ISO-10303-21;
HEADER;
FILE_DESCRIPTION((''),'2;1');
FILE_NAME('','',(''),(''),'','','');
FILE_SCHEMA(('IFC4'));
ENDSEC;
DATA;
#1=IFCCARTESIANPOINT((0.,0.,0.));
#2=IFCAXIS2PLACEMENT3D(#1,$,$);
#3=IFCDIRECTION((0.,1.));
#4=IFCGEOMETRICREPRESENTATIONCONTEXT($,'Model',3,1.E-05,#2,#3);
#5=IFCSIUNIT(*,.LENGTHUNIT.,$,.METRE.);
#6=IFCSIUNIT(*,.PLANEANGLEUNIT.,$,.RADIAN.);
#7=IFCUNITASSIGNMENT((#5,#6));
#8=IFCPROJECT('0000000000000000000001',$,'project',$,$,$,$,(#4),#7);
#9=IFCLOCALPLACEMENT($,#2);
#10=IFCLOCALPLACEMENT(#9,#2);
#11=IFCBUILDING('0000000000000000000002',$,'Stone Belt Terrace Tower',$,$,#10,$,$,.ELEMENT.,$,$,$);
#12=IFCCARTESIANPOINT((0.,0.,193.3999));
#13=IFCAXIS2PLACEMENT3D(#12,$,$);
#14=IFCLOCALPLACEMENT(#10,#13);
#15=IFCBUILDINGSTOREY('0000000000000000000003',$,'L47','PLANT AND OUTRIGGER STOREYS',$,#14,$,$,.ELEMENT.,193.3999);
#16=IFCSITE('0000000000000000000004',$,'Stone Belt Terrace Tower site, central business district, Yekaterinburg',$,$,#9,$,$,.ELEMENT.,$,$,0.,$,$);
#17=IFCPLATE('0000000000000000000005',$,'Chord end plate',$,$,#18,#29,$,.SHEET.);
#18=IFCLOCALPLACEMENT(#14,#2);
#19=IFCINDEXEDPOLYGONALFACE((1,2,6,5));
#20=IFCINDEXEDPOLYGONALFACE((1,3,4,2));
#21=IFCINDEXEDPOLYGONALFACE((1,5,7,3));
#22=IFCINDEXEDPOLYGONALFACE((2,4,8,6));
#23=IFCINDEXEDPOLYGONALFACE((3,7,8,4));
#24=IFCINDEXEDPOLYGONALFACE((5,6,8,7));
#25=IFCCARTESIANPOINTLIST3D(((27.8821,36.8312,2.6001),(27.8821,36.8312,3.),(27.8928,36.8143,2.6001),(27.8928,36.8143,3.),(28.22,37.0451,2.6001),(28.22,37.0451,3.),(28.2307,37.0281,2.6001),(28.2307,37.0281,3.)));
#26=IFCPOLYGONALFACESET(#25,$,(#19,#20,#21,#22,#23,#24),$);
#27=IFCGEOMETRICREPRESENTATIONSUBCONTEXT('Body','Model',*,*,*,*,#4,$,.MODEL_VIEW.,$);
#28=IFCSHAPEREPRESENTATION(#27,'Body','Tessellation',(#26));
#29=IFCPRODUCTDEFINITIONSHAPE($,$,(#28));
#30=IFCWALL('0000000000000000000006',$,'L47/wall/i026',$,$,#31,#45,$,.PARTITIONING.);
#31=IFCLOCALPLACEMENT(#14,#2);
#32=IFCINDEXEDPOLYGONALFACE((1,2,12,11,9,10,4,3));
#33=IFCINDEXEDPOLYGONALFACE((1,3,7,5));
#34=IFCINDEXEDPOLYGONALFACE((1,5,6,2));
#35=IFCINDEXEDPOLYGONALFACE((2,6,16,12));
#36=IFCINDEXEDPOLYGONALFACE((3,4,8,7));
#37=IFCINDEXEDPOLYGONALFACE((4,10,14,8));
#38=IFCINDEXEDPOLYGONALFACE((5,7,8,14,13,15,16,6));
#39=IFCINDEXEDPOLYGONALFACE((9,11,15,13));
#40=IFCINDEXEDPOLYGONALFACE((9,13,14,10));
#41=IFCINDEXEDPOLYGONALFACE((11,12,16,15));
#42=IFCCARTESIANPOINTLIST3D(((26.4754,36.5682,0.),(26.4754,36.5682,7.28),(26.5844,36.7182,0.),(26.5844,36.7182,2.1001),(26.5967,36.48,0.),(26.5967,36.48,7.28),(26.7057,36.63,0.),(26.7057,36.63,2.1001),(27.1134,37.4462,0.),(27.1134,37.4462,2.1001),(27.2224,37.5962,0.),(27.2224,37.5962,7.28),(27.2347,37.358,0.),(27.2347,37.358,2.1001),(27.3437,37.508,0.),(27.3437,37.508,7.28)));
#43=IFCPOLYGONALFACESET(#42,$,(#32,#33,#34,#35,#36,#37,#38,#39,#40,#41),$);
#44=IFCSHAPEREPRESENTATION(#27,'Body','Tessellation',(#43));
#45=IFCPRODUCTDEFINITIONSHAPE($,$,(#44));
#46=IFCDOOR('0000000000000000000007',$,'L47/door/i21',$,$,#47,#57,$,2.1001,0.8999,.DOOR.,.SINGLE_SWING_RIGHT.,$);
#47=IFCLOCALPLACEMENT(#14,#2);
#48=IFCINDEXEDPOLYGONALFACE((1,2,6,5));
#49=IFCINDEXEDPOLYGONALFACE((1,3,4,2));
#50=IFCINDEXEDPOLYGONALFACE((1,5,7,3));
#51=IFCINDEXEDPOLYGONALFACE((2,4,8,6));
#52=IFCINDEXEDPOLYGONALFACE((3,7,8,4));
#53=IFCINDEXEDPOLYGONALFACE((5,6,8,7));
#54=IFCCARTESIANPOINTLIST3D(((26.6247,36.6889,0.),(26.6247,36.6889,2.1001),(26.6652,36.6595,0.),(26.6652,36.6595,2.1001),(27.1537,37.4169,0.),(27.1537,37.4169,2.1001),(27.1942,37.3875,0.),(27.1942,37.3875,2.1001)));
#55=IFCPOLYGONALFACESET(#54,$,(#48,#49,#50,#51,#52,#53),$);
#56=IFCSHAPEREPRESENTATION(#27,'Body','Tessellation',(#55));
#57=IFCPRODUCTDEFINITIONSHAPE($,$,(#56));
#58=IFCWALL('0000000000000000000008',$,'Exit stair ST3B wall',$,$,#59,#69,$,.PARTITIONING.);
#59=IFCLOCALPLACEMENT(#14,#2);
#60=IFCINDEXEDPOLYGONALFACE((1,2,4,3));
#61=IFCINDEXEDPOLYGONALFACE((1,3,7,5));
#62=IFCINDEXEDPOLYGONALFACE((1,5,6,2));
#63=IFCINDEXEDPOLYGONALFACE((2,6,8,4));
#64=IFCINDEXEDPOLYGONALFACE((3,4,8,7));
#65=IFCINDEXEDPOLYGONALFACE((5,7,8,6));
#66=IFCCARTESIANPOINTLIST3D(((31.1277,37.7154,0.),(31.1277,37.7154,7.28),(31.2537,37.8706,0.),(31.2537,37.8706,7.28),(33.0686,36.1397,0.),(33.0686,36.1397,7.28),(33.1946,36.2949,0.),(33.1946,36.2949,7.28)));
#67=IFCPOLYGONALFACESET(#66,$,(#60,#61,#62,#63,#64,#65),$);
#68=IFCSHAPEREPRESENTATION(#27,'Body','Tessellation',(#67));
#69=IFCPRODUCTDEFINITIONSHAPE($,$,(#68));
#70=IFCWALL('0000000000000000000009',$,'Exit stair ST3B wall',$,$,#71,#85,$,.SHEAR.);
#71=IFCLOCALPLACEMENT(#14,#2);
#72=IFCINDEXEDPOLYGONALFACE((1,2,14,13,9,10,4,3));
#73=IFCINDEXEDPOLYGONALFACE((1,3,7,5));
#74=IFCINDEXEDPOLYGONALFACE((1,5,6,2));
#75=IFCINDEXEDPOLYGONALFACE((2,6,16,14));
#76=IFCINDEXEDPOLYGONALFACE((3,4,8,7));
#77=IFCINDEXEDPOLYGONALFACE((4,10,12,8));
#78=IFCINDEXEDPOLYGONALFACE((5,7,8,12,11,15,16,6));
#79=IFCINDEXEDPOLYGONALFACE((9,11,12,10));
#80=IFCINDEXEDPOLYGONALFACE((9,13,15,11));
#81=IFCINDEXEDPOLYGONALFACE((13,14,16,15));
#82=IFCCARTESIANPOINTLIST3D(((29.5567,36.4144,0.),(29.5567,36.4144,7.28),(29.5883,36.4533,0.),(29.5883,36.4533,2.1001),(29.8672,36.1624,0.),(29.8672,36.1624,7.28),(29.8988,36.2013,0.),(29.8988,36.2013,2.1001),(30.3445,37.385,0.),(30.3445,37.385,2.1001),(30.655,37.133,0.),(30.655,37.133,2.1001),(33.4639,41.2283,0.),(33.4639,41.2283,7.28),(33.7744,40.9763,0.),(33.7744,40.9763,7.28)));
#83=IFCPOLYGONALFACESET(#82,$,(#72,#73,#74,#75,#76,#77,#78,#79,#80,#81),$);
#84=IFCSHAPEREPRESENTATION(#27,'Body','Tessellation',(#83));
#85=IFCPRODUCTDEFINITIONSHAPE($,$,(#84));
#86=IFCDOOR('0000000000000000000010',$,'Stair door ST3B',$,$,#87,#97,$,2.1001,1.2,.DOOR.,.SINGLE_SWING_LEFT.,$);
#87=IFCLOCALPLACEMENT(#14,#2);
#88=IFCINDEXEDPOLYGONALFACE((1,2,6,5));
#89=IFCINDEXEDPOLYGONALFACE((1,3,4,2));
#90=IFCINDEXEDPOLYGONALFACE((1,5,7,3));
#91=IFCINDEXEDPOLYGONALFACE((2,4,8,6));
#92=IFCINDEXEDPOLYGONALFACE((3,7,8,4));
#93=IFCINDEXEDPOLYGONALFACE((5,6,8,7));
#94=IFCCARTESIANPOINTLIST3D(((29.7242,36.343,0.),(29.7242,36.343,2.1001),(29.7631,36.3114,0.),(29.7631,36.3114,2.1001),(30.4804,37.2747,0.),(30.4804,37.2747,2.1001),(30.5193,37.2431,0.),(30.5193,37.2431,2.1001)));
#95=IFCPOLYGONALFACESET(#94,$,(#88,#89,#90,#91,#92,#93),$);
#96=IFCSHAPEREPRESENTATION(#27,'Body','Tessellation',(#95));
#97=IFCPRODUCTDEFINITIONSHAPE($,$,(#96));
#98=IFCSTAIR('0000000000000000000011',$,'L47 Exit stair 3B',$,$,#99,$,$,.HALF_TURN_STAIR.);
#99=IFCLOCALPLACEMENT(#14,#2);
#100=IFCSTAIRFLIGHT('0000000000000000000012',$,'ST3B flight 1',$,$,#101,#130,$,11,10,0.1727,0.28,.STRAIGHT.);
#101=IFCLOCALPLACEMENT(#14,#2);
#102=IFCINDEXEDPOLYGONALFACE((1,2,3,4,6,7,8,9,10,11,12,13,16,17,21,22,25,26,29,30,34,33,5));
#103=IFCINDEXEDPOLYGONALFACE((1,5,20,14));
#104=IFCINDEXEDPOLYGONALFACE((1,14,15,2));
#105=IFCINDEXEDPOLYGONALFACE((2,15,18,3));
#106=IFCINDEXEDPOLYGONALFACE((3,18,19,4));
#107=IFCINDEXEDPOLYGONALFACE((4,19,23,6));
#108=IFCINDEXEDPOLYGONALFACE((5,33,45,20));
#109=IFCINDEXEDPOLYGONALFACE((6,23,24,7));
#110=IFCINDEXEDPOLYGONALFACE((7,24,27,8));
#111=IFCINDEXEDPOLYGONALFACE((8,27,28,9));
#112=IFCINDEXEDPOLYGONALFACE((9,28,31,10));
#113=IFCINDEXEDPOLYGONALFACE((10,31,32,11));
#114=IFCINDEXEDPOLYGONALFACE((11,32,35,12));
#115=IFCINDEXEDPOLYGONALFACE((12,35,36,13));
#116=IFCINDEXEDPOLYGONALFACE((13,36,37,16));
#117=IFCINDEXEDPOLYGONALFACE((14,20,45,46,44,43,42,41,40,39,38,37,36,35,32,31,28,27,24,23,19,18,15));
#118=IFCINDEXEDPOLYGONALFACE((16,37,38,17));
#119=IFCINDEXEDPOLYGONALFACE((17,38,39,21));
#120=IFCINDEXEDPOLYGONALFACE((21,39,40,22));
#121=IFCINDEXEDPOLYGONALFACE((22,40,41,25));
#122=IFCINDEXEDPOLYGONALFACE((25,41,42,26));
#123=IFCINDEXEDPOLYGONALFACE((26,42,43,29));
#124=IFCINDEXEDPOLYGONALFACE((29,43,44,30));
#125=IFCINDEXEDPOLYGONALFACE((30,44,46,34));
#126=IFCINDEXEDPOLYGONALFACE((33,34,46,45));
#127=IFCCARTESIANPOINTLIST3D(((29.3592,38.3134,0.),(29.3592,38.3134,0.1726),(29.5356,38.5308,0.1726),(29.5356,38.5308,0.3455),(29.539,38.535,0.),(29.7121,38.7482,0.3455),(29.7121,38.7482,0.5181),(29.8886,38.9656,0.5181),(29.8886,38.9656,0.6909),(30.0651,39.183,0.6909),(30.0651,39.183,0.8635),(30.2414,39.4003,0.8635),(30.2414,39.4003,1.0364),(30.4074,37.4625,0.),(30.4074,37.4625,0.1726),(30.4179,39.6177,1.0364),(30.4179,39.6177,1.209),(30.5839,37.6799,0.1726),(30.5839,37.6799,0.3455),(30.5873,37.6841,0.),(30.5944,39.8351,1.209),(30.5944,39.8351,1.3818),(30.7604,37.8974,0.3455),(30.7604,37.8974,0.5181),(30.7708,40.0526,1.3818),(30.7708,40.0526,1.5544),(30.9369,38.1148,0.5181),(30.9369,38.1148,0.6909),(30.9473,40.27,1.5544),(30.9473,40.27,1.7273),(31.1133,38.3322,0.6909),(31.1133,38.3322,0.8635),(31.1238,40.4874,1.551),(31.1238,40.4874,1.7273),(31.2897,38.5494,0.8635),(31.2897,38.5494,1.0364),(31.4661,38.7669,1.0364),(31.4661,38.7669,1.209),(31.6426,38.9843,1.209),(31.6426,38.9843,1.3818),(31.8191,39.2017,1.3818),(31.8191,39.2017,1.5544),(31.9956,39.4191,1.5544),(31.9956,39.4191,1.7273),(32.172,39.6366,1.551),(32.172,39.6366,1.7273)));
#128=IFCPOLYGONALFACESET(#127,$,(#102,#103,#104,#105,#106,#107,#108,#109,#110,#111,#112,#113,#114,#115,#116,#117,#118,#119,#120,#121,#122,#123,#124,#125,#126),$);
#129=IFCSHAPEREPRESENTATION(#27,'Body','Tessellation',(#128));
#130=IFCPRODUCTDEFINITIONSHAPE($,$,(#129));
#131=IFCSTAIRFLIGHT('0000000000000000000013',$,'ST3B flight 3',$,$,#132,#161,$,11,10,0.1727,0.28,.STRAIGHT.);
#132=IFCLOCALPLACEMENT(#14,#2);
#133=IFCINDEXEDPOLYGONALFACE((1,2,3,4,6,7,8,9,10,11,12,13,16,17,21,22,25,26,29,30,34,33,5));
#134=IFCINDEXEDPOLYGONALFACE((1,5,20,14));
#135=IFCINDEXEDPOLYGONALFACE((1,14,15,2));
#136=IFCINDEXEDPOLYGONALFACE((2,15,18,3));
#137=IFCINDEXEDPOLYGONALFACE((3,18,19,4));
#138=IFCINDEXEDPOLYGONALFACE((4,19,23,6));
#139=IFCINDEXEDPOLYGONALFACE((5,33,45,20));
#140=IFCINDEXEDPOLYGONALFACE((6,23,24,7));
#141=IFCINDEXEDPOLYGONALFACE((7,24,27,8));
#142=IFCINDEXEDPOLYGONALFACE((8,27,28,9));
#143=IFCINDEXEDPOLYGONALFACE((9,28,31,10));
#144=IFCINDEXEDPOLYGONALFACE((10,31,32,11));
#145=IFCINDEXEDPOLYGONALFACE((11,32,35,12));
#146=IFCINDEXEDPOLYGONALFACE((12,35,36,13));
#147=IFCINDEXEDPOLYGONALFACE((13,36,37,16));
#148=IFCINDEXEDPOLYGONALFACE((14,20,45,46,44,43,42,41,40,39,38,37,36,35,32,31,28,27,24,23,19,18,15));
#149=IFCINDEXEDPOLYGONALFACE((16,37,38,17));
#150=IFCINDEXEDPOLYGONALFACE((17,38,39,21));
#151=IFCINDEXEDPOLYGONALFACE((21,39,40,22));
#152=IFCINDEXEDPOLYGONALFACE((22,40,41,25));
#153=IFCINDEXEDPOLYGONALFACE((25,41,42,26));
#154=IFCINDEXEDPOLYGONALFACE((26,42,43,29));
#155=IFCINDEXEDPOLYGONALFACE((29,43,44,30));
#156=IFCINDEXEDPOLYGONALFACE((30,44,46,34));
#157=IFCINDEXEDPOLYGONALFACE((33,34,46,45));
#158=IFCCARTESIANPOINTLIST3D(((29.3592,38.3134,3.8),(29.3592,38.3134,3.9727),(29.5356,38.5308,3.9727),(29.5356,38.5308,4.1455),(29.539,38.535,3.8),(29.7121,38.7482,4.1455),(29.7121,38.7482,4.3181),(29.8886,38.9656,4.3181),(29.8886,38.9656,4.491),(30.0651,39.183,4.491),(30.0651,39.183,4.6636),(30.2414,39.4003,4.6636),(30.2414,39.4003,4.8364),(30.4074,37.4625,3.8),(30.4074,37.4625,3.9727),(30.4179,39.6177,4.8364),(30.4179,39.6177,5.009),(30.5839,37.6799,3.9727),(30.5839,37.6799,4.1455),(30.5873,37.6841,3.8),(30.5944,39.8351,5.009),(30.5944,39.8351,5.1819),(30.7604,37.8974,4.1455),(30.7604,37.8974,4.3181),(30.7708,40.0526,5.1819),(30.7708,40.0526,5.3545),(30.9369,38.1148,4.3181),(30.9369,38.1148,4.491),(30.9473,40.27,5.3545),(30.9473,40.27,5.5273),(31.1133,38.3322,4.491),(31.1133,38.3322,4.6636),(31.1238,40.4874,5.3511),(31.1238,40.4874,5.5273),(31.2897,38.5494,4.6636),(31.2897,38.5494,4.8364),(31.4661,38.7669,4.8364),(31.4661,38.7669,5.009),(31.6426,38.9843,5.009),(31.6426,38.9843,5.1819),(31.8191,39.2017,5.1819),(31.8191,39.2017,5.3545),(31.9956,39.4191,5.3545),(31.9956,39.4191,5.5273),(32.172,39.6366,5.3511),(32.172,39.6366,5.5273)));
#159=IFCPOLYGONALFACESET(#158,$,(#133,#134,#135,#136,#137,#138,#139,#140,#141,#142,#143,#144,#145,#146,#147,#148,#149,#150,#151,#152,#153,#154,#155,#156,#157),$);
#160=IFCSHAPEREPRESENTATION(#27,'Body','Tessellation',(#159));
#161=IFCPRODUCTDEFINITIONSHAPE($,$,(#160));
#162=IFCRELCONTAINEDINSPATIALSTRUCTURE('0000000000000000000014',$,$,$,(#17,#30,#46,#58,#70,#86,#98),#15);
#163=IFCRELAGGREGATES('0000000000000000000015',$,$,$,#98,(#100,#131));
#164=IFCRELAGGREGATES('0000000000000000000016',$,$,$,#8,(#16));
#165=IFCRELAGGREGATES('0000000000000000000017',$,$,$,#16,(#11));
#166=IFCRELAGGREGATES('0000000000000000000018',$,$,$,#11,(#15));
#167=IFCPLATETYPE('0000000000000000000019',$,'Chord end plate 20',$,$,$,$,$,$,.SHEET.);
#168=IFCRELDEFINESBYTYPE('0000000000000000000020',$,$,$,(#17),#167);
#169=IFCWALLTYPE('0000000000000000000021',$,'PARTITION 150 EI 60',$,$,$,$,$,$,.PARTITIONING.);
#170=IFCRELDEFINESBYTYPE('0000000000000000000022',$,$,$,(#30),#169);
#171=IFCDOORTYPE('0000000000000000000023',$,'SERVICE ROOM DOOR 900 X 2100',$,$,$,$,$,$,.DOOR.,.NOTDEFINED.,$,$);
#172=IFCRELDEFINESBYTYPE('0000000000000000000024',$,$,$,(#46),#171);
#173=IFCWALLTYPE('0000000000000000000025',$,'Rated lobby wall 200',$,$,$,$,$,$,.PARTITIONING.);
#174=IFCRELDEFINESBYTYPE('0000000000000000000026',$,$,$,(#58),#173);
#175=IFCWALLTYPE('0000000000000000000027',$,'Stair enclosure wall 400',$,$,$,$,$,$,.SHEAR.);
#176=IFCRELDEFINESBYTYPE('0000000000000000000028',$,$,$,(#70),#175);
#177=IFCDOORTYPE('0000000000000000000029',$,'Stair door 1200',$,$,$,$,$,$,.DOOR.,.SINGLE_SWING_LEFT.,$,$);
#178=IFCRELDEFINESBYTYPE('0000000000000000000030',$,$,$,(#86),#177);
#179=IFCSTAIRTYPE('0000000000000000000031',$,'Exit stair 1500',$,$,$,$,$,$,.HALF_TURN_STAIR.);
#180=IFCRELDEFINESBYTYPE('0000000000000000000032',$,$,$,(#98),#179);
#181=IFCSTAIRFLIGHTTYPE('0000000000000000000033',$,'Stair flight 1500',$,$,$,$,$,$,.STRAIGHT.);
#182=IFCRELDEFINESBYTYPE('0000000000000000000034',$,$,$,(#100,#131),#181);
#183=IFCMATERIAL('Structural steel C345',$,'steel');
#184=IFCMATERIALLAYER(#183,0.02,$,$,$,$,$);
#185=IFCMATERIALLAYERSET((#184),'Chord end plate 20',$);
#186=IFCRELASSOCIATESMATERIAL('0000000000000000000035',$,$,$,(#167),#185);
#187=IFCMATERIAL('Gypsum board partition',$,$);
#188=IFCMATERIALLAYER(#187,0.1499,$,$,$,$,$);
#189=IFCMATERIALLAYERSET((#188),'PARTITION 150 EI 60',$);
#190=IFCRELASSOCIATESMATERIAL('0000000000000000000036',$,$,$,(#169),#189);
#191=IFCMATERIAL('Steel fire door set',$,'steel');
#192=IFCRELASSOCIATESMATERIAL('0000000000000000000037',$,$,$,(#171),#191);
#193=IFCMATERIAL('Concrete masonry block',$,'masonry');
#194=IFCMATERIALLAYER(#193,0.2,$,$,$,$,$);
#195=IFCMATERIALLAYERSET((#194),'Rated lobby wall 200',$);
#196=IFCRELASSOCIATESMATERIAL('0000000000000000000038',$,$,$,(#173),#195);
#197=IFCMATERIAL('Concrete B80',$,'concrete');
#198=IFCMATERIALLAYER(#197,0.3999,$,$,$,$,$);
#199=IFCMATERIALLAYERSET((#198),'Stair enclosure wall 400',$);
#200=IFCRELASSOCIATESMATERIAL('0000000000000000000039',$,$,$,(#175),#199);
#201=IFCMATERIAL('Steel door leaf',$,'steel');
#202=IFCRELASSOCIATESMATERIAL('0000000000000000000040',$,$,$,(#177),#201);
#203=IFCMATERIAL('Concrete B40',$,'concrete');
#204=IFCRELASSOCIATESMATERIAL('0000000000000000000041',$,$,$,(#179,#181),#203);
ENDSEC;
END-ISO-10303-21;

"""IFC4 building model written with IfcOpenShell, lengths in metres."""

from ifc_helpers import new_model, si_unit, direction, frame, frame_2d, origin, origin_2d, place, context, subcontext, project, spatial, polyline, rectangle, outline, extrude, material, layer, layer_set, type_object, element, fill, aggregate, save


model = new_model("IFC4")

# Units and contexts
model_context = context("Model", 3, precision=1e-05, world=origin(), true_north=direction((0.0, 1.0)))
body_context = subcontext(model_context, "Body", "Model", "MODEL_VIEW")
ifc_project = project(units=[si_unit("LENGTHUNIT", "METRE"), si_unit("PLANEANGLEUNIT", "RADIAN")], contexts=[model_context])

# Site, building, storey
site_placement = place(None, origin())
site = spatial("IfcSite", under=ifc_project, at=site_placement, Name="Stone Belt Terrace Tower site, central business district, Yekaterinburg", CompositionType="ELEMENT", RefElevation=0.0)
building_placement = place(site_placement, origin())
building = spatial("IfcBuilding", under=site, at=building_placement, Name="Stone Belt Terrace Tower", CompositionType="ELEMENT")
storey_placement = place(building_placement, frame((0.0, 0.0, 193.3999)))
storey = spatial("IfcBuildingStorey", under=building, at=storey_placement, Name="L47", Description="PLANT AND OUTRIGGER STOREYS", CompositionType="ELEMENT", Elevation=193.3999)

# Shared definitions
ifc_material_1 = material(Name="Structural steel C345", Category="steel")

# Plate
ifc_layer_1 = layer(ifc_material_1, 0.02)
ifc_layer_set_1 = layer_set([ifc_layer_1], Name="Chord end plate 20")
plate_type = type_object("IfcPlateType", Name="Chord end plate 20", PredefinedType="SHEET", material=ifc_layer_set_1)
for number, where, z_axis, x_axis, name in (
    (1, (28.0564, 36.9297, 2.6001), (0.0, 0.0, 1.0), (0.534731, -0.845022, 0.0), "Chord end plate"),
):
    element("IfcPlate", number, at=place(storey_placement, frame(where, z_axis=z_axis, x_axis=x_axis)), inside=storey, type_object=plate_type, Name=name, PredefinedType="SHEET", context=body_context, shape_type="SweptSolid", body=[
        extrude(rectangle(XDim=0.02, YDim=0.3999, at=origin_2d()), origin(), (0.0, 0.0, 1.0), 0.3999),
    ])

# Wall, opening, door
ifc_material_2 = material(Name="Gypsum board partition")
ifc_layer_2 = layer(ifc_material_2, 0.1499)
ifc_layer_set_2 = layer_set([ifc_layer_2], Name="PARTITION 150 EI 60")
wall_type_1 = type_object("IfcWallType", Name="PARTITION 150 EI 60", PredefinedType="PARTITIONING", material=ifc_layer_set_2)
wall_1_placement = place(storey_placement, frame((27.283, 37.552, 0.0), z_axis=(0.0, 0.0, 1.0), x_axis=(-0.587852, -0.808969, 0.0)))
wall_1 = element("IfcWall", 2, at=wall_1_placement, inside=storey, type_object=wall_type_1, Name="L47/wall/i026", PredefinedType="PARTITIONING", context=body_context, shape_type="SweptSolid", body=[
    extrude(rectangle(XDim=1.2708, YDim=0.1499, at=frame_2d((0.6353, 0.0))), origin(), (0.0, 0.0, 1.0), 7.28),
])
opening_1_placement = place(wall_1_placement, frame((0.1853, 0.0, 0.0)))
opening_1 = element("IfcOpeningElement", 3, at=opening_1_placement, cuts=wall_1, PredefinedType="OPENING", context=body_context, shape_type="SweptSolid", body=[
    extrude(rectangle(XDim=0.8999, YDim=2.1001, at=frame_2d((0.45, 1.05))), frame((0.0, 0.085, 0.0), z_axis=(0.0, -1.0, 0.0), x_axis=(1.0, 0.0, 0.0)), (0.0, 0.0, 1.0), 0.1699),
])
ifc_material_3 = material(Name="Steel fire door set", Category="steel")
door_type_1 = type_object("IfcDoorType", Name="SERVICE ROOM DOOR 900 X 2100", OperationType="NOTDEFINED", PredefinedType="DOOR", material=ifc_material_3)
door_1_placement = place(opening_1_placement, origin())
door_1 = element("IfcDoor", 4, at=door_1_placement, inside=storey, type_object=door_type_1, Name="L47/door/i21", OperationType="SINGLE_SWING_RIGHT", OverallHeight=2.1001, OverallWidth=0.8999, PredefinedType="DOOR", context=body_context, shape_type="SweptSolid", body=[
    extrude(rectangle(XDim=0.8999, YDim=2.1001, at=frame_2d((0.45, 1.05))), frame((0.0, 0.0249, 0.0), z_axis=(0.0, -1.0, 0.0), x_axis=(1.0, 0.0, 0.0)), (0.0, 0.0, 1.0), 0.05),
])
fill(opening_1, door_1)

# Wall
ifc_material_4 = material(Name="Concrete masonry block", Category="masonry")
ifc_layer_3 = layer(ifc_material_4, 0.2)
ifc_layer_set_3 = layer_set([ifc_layer_3], Name="Rated lobby wall 200")
wall_type_2 = type_object("IfcWallType", Name="Rated lobby wall 200", PredefinedType="PARTITIONING", material=ifc_layer_set_3)
wall_2_placement = place(storey_placement, frame((31.1907, 37.793, 0.0), z_axis=(0.0, 0.0, 1.0), x_axis=(0.776371, -0.630276, 0.0)))
element("IfcWall", 5, at=wall_2_placement, inside=storey, type_object=wall_type_2, Name="Exit stair ST3B wall", PredefinedType="PARTITIONING", context=body_context, shape_type="SweptSolid", body=[
    extrude(rectangle(XDim=2.5, YDim=0.2, at=frame_2d((1.25, 0.0))), origin(), (0.0, 0.0, 1.0), 7.28),
])

# Wall, opening, door
ifc_material_5 = material(Name="Concrete B80", Category="concrete")
ifc_layer_4 = layer(ifc_material_5, 0.3999)
ifc_layer_set_4 = layer_set([ifc_layer_4], Name="Stair enclosure wall 400")
wall_type_3 = type_object("IfcWallType", Name="Stair enclosure wall 400", PredefinedType="SHEAR", material=ifc_layer_set_4)
wall_3_placement = place(storey_placement, frame((29.7119, 36.2883, 0.0), z_axis=(0.0, 0.0, 1.0), x_axis=(0.630192, 0.776439, 0.0)))
wall_3 = element("IfcWall", 6, at=wall_3_placement, inside=storey, type_object=wall_type_3, Name="Exit stair ST3B wall", PredefinedType="SHEAR", context=body_context, shape_type="SweptSolid", body=[
    extrude(rectangle(XDim=6.2, YDim=0.3999, at=frame_2d((3.1001, 0.0))), origin(), (0.0, 0.0, 1.0), 7.28),
])
opening_2_placement = place(wall_3_placement, frame((0.05, 0.0, 0.0)))
opening_2 = element("IfcOpeningElement", 7, at=opening_2_placement, cuts=wall_3, PredefinedType="OPENING", context=body_context, shape_type="SweptSolid", body=[
    extrude(rectangle(XDim=1.2, YDim=2.1001, at=frame_2d((0.6001, 1.05))), frame((0.0, 0.21, 0.0), z_axis=(0.0, -1.0, 0.0), x_axis=(1.0, 0.0, 0.0)), (0.0, 0.0, 1.0), 0.4199),
])
ifc_material_6 = material(Name="Steel door leaf", Category="steel")
door_type_2 = type_object("IfcDoorType", Name="Stair door 1200", OperationType="SINGLE_SWING_LEFT", PredefinedType="DOOR", material=ifc_material_6)
door_2_placement = place(opening_2_placement, origin())
door_2 = element("IfcDoor", 8, at=door_2_placement, inside=storey, type_object=door_type_2, Name="Stair door ST3B", OperationType="SINGLE_SWING_LEFT", OverallHeight=2.1001, OverallWidth=1.2, PredefinedType="DOOR", context=body_context, shape_type="SweptSolid", body=[
    extrude(rectangle(XDim=1.2, YDim=2.1001, at=frame_2d((0.6001, 1.05))), frame((0.0, 0.0249, 0.0), z_axis=(0.0, -1.0, 0.0), x_axis=(1.0, 0.0, 0.0)), (0.0, 0.0, 1.0), 0.05),
])
fill(opening_2, door_2)

# Stair, stair flights
ifc_material_7 = material(Name="Concrete B40", Category="concrete")
stair_type = type_object("IfcStairType", Name="Exit stair 1500", PredefinedType="HALF_TURN_STAIR", material=ifc_material_7)
stair_placement = place(storey_placement, origin())
stair = element("IfcStair", 9, at=stair_placement, inside=storey, type_object=stair_type, Name="L47 Exit stair 3B", PredefinedType="HALF_TURN_STAIR")
stair_flight_type = type_object("IfcStairFlightType", Name="Stair flight 1500", PredefinedType="STRAIGHT", material=ifc_material_7)
stair_flight_1_placement = place(storey_placement, frame((29.8833, 37.8879, 0.0), z_axis=(0.0, 0.0, 1.0), x_axis=(0.630206, 0.776428, 0.0)))
stair_flight_1 = element("IfcStairFlight", 10, at=stair_flight_1_placement, type_object=stair_flight_type, Name="ST3B flight 1", NumberOfRisers=11, NumberOfTreads=10, PredefinedType="STRAIGHT", RiserHeight=0.1727, TreadLength=0.28, context=body_context, shape_type="SweptSolid", body=[
    extrude(outline(polyline([(0.0, 0.0), (0.0, 0.1726), (0.28, 0.1726), (0.28, 0.3455), (0.5601, 0.3455), (0.5601, 0.5181), (0.8401, 0.5181), (0.8401, 0.6909), (1.1201, 0.6909), (1.1201, 0.8635), (1.3999, 0.8635), (1.3999, 1.0364), (1.6799, 1.0364), (1.6799, 1.209), (1.96, 1.209), (1.96, 1.3818), (2.24, 1.3818), (2.24, 1.5544), (2.52, 1.5544), (2.52, 1.7273), (2.8, 1.7273), (2.8, 1.8999), (2.8, 1.551), (0.2854, 0.0), (0.0, 0.0)])), frame((0.0, 0.675, 0.0), z_axis=(0.0, -1.0, 0.0), x_axis=(1.0, 0.0, 0.0)), (0.0, 0.0, 1.0), 1.3501),
])
stair_flight_2_placement = place(storey_placement, frame((29.8833, 37.8879, 3.8), z_axis=(0.0, 0.0, 1.0), x_axis=(0.630206, 0.776428, 0.0)))
stair_flight_2 = element("IfcStairFlight", 11, at=stair_flight_2_placement, type_object=stair_flight_type, Name="ST3B flight 3", NumberOfRisers=11, NumberOfTreads=10, PredefinedType="STRAIGHT", RiserHeight=0.1727, TreadLength=0.28, context=body_context, shape_type="SweptSolid", body=[
    extrude(outline(polyline([(0.0, 0.0), (0.0, 0.1726), (0.28, 0.1726), (0.28, 0.3455), (0.5601, 0.3455), (0.5601, 0.5181), (0.8401, 0.5181), (0.8401, 0.6909), (1.1201, 0.6909), (1.1201, 0.8635), (1.3999, 0.8635), (1.3999, 1.0364), (1.6799, 1.0364), (1.6799, 1.209), (1.96, 1.209), (1.96, 1.3818), (2.24, 1.3818), (2.24, 1.5544), (2.52, 1.5544), (2.52, 1.7273), (2.8, 1.7273), (2.8, 1.8999), (2.8, 1.551), (0.2854, 0.0), (0.0, 0.0)])), frame((0.0, 0.675, 0.0), z_axis=(0.0, -1.0, 0.0), x_axis=(1.0, 0.0, 0.0)), (0.0, 0.0, 1.0), 1.3501),
])
aggregate(stair, [stair_flight_1, stair_flight_2])

save(model, "model.ifc")
